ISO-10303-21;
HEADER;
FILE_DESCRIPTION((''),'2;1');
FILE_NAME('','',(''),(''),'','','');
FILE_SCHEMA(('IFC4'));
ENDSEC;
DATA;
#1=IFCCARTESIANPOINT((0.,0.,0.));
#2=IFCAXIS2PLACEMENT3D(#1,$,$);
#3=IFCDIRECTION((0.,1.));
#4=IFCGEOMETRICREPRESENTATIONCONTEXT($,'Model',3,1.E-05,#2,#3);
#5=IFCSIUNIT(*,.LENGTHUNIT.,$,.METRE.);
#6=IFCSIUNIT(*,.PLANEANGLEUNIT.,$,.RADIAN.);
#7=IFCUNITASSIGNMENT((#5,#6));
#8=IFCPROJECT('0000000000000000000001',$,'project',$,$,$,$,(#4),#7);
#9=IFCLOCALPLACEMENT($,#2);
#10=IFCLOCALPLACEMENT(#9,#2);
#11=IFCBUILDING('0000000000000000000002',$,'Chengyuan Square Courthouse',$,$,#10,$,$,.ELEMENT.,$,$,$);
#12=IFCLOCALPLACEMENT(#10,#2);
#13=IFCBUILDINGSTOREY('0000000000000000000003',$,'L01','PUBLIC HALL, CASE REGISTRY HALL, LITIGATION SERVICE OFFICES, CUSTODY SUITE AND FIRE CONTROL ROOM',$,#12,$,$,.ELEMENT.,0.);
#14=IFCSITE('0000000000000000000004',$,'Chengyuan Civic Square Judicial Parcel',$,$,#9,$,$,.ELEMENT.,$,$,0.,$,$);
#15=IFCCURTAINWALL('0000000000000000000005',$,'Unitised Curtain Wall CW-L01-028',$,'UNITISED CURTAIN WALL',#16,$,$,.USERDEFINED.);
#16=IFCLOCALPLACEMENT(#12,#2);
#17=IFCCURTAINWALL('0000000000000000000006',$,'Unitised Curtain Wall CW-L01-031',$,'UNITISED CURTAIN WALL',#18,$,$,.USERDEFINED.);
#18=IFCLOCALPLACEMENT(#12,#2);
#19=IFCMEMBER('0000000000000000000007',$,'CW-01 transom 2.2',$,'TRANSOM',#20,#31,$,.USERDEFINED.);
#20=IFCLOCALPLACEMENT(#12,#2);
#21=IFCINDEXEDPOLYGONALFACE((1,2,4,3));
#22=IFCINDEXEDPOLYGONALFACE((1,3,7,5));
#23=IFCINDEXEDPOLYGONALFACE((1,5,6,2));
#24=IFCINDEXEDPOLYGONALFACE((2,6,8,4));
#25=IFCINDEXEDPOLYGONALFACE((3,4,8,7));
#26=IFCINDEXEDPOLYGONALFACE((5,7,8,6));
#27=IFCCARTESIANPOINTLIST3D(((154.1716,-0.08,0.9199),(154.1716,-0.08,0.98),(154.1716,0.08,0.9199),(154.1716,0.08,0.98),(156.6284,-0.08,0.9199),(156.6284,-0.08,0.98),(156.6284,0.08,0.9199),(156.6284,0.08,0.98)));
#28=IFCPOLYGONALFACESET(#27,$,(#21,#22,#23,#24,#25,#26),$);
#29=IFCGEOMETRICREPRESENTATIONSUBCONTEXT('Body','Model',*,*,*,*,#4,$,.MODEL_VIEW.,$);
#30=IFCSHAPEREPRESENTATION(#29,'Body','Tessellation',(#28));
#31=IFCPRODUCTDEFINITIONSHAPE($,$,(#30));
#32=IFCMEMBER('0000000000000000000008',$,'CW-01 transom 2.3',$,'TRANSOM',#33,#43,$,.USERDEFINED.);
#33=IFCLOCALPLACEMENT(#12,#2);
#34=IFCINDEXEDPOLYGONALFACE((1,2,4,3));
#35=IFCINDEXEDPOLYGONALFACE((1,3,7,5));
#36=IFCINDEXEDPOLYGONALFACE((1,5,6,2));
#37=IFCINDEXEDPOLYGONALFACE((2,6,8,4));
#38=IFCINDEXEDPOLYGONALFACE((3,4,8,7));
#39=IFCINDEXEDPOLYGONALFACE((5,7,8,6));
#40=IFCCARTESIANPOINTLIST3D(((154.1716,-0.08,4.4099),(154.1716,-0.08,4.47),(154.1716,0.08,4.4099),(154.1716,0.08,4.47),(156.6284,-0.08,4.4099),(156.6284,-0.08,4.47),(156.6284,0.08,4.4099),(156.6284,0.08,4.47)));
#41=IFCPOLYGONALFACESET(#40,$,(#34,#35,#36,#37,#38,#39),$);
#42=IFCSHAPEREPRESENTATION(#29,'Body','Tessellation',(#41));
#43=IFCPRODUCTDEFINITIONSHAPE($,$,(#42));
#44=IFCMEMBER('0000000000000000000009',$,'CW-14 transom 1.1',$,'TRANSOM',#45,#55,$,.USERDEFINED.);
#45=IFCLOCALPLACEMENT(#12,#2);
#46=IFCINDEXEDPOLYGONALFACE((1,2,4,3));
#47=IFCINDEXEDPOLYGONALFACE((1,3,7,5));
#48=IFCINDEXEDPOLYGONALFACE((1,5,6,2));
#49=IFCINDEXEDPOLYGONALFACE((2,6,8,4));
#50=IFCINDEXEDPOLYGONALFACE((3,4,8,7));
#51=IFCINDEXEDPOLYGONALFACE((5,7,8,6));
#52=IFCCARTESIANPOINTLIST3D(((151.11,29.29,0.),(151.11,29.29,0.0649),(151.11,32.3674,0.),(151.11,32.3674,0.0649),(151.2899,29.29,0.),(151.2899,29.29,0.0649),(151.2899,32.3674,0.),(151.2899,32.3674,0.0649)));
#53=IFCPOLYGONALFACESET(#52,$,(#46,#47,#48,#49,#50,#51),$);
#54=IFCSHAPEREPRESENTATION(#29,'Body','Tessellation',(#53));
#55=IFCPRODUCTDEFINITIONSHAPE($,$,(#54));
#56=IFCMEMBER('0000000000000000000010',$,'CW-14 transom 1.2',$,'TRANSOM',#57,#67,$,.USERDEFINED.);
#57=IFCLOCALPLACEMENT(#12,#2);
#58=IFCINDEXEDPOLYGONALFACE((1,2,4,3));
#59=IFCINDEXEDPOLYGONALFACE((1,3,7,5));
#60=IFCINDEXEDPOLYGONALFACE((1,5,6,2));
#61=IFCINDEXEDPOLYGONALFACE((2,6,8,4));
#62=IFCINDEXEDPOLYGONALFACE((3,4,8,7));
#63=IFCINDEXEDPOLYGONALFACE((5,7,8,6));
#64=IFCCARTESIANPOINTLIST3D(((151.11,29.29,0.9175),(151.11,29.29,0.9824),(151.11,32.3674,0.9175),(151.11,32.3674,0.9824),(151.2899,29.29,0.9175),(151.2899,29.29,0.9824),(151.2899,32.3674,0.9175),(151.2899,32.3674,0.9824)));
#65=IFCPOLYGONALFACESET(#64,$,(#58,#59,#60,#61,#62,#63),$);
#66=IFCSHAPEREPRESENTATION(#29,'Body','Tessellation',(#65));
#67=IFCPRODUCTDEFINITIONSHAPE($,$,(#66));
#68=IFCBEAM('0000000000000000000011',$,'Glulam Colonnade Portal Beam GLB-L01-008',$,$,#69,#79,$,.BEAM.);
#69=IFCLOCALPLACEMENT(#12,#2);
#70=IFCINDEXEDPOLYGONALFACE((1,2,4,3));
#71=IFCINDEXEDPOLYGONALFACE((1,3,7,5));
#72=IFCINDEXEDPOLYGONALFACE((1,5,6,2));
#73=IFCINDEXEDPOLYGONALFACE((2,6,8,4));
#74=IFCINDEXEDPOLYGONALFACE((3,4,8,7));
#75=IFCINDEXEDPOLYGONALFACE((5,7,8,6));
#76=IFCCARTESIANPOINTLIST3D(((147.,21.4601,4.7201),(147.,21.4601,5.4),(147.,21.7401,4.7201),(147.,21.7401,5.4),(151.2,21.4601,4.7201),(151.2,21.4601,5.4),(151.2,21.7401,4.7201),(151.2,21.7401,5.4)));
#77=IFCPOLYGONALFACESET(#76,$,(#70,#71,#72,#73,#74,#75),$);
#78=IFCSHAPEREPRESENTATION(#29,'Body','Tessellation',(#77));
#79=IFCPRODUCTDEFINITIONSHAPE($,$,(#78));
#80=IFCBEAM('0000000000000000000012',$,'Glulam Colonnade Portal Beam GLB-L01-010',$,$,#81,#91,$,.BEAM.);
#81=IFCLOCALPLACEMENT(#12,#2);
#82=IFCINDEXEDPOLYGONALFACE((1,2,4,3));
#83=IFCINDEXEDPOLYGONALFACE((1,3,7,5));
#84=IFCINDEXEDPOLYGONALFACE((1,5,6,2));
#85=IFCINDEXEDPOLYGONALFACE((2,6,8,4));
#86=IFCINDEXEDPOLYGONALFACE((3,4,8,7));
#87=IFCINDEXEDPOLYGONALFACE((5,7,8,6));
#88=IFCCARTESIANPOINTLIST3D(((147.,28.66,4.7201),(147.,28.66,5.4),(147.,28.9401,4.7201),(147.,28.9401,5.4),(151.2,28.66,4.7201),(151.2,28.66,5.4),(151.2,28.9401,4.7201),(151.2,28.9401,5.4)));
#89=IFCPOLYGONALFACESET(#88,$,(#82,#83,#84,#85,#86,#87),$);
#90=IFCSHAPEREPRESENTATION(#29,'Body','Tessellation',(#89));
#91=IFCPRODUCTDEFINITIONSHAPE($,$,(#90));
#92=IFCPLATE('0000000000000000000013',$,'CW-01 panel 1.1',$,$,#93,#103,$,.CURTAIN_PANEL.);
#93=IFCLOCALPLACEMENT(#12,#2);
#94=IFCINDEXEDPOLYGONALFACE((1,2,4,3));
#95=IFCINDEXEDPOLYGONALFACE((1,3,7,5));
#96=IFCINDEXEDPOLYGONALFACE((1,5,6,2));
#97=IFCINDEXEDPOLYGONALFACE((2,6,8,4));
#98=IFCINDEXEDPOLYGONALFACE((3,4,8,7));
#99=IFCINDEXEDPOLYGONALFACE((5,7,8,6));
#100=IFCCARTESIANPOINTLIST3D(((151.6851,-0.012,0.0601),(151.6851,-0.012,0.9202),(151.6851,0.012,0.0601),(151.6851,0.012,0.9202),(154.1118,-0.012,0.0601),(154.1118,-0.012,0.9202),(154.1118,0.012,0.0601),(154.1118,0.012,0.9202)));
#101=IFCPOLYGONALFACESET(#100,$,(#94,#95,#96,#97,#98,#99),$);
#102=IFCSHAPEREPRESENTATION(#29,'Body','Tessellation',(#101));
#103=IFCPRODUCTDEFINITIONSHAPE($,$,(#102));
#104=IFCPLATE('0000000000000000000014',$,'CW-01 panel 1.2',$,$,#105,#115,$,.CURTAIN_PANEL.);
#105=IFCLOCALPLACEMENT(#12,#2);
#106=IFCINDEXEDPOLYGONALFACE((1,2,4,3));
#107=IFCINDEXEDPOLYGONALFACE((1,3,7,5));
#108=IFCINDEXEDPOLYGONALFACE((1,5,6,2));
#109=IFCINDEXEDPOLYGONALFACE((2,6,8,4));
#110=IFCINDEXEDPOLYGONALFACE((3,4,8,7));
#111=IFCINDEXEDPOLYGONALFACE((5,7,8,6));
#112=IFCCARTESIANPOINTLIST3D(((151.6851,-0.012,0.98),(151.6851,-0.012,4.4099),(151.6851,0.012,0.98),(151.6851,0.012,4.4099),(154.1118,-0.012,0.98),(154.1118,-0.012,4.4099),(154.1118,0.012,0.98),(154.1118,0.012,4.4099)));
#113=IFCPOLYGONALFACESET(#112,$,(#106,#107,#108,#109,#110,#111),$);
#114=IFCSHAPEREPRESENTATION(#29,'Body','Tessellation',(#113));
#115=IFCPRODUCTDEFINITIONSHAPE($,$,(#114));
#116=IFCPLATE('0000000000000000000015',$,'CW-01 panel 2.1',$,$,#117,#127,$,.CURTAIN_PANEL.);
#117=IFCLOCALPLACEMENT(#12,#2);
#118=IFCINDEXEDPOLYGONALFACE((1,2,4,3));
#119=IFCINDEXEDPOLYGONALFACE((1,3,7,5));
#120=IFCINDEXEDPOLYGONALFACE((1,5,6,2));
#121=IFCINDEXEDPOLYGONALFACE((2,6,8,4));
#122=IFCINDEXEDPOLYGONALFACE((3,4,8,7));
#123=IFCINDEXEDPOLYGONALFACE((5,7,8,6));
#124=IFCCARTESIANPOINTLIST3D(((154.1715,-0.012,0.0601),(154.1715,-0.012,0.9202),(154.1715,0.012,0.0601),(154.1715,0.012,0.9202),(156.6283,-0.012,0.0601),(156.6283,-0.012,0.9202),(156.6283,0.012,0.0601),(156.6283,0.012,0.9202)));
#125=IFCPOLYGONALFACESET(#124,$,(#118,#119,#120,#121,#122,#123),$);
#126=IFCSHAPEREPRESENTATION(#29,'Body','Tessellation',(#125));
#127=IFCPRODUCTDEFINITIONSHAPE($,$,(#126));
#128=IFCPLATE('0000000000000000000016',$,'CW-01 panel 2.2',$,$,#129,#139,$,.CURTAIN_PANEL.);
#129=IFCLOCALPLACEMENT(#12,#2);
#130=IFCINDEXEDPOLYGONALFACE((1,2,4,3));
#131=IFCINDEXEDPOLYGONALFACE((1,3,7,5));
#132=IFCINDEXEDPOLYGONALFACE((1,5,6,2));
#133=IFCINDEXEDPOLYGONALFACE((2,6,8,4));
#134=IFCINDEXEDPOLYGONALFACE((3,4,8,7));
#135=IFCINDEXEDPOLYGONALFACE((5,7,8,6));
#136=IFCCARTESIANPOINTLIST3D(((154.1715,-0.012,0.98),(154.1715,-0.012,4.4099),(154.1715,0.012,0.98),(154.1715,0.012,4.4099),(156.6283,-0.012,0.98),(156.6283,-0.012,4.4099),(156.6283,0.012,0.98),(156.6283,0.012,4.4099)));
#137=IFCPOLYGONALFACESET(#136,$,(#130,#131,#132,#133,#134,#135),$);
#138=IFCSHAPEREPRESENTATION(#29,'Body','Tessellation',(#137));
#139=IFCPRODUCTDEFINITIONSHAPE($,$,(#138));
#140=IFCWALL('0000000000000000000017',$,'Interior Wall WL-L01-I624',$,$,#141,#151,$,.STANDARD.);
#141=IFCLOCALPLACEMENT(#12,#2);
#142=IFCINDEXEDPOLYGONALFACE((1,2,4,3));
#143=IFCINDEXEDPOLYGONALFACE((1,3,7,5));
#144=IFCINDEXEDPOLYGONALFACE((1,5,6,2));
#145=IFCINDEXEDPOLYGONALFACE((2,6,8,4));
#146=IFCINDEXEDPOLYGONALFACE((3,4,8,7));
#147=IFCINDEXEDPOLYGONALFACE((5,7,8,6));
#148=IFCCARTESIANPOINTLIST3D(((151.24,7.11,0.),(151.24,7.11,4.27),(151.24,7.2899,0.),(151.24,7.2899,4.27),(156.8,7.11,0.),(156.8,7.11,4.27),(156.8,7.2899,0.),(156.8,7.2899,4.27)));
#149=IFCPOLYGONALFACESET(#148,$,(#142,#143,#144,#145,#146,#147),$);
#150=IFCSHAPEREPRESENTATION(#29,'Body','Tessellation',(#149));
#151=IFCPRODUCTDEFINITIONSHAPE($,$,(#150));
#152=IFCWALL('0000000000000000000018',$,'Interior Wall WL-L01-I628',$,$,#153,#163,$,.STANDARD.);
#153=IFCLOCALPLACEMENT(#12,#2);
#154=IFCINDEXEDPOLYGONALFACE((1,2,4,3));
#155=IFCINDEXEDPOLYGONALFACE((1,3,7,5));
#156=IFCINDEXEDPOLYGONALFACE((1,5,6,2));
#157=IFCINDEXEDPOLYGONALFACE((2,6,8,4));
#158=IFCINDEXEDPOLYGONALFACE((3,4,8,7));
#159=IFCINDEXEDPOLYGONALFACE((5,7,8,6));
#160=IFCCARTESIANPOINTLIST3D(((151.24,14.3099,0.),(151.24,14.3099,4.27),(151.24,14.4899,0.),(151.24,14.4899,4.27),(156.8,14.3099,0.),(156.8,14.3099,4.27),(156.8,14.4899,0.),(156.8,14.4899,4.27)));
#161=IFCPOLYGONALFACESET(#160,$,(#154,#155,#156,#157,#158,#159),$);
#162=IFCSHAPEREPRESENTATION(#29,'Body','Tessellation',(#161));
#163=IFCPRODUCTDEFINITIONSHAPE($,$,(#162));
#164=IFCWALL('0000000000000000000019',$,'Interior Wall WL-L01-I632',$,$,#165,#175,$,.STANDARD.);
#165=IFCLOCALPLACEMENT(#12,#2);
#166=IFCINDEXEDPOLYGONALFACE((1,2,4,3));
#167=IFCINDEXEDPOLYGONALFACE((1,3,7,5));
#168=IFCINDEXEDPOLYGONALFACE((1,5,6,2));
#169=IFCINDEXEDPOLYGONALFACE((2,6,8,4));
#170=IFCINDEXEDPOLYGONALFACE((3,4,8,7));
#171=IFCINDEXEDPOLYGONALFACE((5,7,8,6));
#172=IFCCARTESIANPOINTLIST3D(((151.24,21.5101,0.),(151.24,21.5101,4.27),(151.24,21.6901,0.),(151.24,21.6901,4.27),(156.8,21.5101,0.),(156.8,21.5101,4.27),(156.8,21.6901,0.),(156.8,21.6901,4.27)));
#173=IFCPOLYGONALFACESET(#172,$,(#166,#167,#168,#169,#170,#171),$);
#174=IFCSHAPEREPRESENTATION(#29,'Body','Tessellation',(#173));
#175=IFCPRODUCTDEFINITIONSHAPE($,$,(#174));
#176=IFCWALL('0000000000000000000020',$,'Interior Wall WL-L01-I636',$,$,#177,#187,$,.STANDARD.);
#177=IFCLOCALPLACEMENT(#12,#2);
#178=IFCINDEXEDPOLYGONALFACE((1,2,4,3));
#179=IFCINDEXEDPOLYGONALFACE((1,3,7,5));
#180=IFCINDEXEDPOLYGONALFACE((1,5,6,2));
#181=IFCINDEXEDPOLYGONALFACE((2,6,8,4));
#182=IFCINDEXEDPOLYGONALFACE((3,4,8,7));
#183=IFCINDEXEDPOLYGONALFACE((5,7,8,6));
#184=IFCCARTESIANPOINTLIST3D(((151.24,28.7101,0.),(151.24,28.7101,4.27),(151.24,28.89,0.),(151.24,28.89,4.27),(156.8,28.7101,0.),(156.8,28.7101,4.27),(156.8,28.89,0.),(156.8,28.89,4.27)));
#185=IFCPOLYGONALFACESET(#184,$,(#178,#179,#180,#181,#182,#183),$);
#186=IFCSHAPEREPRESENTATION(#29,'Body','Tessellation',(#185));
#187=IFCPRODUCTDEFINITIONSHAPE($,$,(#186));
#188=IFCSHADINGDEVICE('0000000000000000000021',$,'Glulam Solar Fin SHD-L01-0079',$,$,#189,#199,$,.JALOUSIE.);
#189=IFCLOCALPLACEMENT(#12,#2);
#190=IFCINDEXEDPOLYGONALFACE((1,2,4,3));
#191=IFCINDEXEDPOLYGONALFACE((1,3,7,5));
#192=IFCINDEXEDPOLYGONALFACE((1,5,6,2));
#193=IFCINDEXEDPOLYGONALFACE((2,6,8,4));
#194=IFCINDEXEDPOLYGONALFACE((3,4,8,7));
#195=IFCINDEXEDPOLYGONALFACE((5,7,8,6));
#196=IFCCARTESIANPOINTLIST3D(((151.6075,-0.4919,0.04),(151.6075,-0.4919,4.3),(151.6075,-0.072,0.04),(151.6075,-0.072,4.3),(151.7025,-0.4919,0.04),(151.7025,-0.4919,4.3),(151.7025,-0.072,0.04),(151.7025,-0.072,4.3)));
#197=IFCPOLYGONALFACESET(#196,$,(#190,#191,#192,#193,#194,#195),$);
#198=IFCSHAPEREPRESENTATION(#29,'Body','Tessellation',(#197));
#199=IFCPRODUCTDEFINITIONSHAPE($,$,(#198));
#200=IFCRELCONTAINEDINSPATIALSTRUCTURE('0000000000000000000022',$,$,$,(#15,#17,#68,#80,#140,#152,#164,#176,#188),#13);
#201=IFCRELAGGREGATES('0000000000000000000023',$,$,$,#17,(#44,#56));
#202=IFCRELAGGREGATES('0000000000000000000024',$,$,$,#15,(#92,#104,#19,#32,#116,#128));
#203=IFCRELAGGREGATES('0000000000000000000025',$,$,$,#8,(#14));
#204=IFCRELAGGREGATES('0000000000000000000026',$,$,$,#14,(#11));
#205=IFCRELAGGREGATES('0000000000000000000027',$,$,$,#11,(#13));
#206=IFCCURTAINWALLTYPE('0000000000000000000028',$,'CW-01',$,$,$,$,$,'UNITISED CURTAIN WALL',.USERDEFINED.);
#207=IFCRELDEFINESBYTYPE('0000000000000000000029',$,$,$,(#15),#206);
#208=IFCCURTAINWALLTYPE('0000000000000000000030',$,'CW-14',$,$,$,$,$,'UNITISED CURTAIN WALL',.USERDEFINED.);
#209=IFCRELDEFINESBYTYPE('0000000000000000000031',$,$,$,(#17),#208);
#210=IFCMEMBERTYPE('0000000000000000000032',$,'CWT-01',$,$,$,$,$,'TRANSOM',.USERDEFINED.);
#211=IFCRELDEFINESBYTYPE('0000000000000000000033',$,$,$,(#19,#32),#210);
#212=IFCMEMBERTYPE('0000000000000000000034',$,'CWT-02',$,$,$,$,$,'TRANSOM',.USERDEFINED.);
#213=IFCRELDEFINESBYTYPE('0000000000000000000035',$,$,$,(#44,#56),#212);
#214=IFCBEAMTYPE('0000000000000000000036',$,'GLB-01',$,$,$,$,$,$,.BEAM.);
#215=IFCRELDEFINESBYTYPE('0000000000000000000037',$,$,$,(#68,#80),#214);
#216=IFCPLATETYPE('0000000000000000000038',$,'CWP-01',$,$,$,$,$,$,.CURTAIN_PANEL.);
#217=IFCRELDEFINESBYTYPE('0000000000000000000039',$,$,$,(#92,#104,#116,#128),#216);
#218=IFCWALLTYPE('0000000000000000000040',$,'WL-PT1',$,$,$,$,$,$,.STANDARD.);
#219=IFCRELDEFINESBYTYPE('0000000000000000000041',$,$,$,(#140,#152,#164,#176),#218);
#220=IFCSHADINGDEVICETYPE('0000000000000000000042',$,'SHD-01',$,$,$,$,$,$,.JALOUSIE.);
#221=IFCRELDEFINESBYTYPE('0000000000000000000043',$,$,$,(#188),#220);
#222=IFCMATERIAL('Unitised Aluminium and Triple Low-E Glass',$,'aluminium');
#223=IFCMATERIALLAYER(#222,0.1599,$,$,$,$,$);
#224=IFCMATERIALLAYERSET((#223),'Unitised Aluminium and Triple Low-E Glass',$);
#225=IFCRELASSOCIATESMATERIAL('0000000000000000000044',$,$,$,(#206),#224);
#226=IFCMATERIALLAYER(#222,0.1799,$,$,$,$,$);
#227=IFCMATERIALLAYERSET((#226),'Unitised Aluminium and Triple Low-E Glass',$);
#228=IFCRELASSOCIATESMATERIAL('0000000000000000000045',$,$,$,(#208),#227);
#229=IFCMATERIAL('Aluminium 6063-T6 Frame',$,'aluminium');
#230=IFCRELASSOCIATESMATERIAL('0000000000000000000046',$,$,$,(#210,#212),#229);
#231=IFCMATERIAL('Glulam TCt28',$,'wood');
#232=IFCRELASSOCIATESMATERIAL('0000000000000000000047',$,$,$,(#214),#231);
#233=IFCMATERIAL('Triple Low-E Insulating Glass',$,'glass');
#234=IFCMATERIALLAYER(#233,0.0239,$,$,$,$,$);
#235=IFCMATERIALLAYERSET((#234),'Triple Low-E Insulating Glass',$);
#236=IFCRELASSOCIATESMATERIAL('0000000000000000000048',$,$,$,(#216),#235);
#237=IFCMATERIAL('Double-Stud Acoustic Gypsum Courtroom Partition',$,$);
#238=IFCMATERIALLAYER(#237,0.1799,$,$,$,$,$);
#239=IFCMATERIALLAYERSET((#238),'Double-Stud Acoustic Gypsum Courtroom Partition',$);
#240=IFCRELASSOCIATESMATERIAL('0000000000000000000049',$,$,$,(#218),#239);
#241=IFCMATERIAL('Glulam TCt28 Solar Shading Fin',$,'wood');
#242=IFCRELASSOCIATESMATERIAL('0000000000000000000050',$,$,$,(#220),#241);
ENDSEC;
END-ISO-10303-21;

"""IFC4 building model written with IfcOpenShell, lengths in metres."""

from ifc_helpers import new_model, si_unit, direction, frame, frame_2d, origin, origin_2d, place, context, subcontext, project, spatial, rectangle, extrude, material, layer, layer_set, material_profile, profile_set, type_object, element, aggregate, save


model = new_model("IFC4")

# Units and contexts
model_context = context("Model", 3, precision=1e-05, world=origin(), true_north=direction((0.0, 1.0)))
body_context = subcontext(model_context, "Body", "Model", "MODEL_VIEW")
ifc_project = project(units=[si_unit("LENGTHUNIT", "METRE"), si_unit("PLANEANGLEUNIT", "RADIAN")], contexts=[model_context])

# Site, building, storey
site_placement = place(None, origin())
site = spatial("IfcSite", under=ifc_project, at=site_placement, Name="Chengyuan Civic Square Judicial Parcel", CompositionType="ELEMENT", RefElevation=0.0)
building_placement = place(site_placement, origin())
building = spatial("IfcBuilding", under=site, at=building_placement, Name="Chengyuan Square Courthouse", CompositionType="ELEMENT")
storey_placement = place(building_placement, origin())
storey = spatial("IfcBuildingStorey", under=building, at=storey_placement, Name="L01", Description="PUBLIC HALL, CASE REGISTRY HALL, LITIGATION SERVICE OFFICES, CUSTODY SUITE AND FIRE CONTROL ROOM", CompositionType="ELEMENT", Elevation=0.0)

# Curtain wall
ifc_material_1 = material(Name="Unitised Aluminium and Triple Low-E Glass", Category="aluminium")
ifc_layer_1 = layer(ifc_material_1, 0.1599)
ifc_layer_set_1 = layer_set([ifc_layer_1], Name="Unitised Aluminium and Triple Low-E Glass")
curtain_wall_type_1 = type_object("IfcCurtainWallType", Name="CW-01", ElementType="UNITISED CURTAIN WALL", PredefinedType="USERDEFINED", material=ifc_layer_set_1)
curtain_wall_1_placement = place(storey_placement, origin())
curtain_wall_1 = element("IfcCurtainWall", 1, at=curtain_wall_1_placement, inside=storey, type_object=curtain_wall_type_1, Name="Unitised Curtain Wall CW-L01-028", ObjectType="UNITISED CURTAIN WALL", PredefinedType="USERDEFINED")
ifc_material_2 = material(Name="Aluminium 6063-T6 Frame", Category="aluminium")

# Curtain wall
ifc_layer_2 = layer(ifc_material_1, 0.1799)
ifc_layer_set_2 = layer_set([ifc_layer_2], Name="Unitised Aluminium and Triple Low-E Glass")
curtain_wall_type_2 = type_object("IfcCurtainWallType", Name="CW-14", ElementType="UNITISED CURTAIN WALL", PredefinedType="USERDEFINED", material=ifc_layer_set_2)
curtain_wall_2_placement = place(storey_placement, origin())
curtain_wall_2 = element("IfcCurtainWall", 2, at=curtain_wall_2_placement, inside=storey, type_object=curtain_wall_type_2, Name="Unitised Curtain Wall CW-L01-031", ObjectType="UNITISED CURTAIN WALL", PredefinedType="USERDEFINED")

# Members
ifc_material_profile_1 = material_profile(ifc_material_2, rectangle(XDim=0.1599, YDim=0.0601, at=origin_2d()), Name="CW-TRN-60x120")
ifc_profile_set_1 = profile_set([ifc_material_profile_1], Name="Aluminium 6063-T6 Frame")
member_type_1 = type_object("IfcMemberType", Name="CWT-01", ElementType="TRANSOM", PredefinedType="USERDEFINED", material=ifc_profile_set_1)
member_1_placement = place(storey_placement, frame((154.1716, 0.0, 0.95), z_axis=(1.0, 0.0, 0.0), x_axis=(0.0, 1.0, 0.0)))
member_1 = element("IfcMember", 3, at=member_1_placement, type_object=member_type_1, Name="CW-01 transom 2.2", ObjectType="TRANSOM", PredefinedType="USERDEFINED", context=body_context, shape_type="SweptSolid", body=[
    extrude(rectangle(XDim=0.1599, YDim=0.0601, at=origin_2d()), origin(), (0.0, 0.0, 1.0), 2.4568),
])
member_2_placement = place(storey_placement, frame((154.1716, 0.0, 4.4399), z_axis=(1.0, 0.0, 0.0), x_axis=(0.0, 1.0, 0.0)))
member_2 = element("IfcMember", 4, at=member_2_placement, type_object=member_type_1, Name="CW-01 transom 2.3", ObjectType="TRANSOM", PredefinedType="USERDEFINED", context=body_context, shape_type="SweptSolid", body=[
    extrude(rectangle(XDim=0.1599, YDim=0.0601, at=origin_2d()), origin(), (0.0, 0.0, 1.0), 2.4568),
])
ifc_material_profile_2 = material_profile(ifc_material_2, rectangle(XDim=0.1799, YDim=0.0649, at=origin_2d()), Name="CW-TRN-65x140")
ifc_profile_set_2 = profile_set([ifc_material_profile_2], Name="Aluminium 6063-T6 Frame")
member_type_2 = type_object("IfcMemberType", Name="CWT-02", ElementType="TRANSOM", PredefinedType="USERDEFINED", material=ifc_profile_set_2)
member_3_placement = place(storey_placement, frame((151.2, 29.29, 0.0325), z_axis=(0.0, 1.0, 0.0), x_axis=(-1.0, 0.0, 0.0)))
member_3 = element("IfcMember", 5, at=member_3_placement, type_object=member_type_2, Name="CW-14 transom 1.1", ObjectType="TRANSOM", PredefinedType="USERDEFINED", context=body_context, shape_type="SweptSolid", body=[
    extrude(rectangle(XDim=0.1799, YDim=0.0649, at=origin_2d()), origin(), (0.0, 0.0, 1.0), 3.0774),
])
member_4_placement = place(storey_placement, frame((151.2, 29.29, 0.95), z_axis=(0.0, 1.0, 0.0), x_axis=(-1.0, 0.0, 0.0)))
member_4 = element("IfcMember", 6, at=member_4_placement, type_object=member_type_2, Name="CW-14 transom 1.2", ObjectType="TRANSOM", PredefinedType="USERDEFINED", context=body_context, shape_type="SweptSolid", body=[
    extrude(rectangle(XDim=0.1799, YDim=0.0649, at=origin_2d()), origin(), (0.0, 0.0, 1.0), 3.0774),
])
aggregate(curtain_wall_2, [member_3, member_4])

# Beams
ifc_material_3 = material(Name="Glulam TCt28", Category="wood")
ifc_material_profile_3 = material_profile(ifc_material_3, rectangle(XDim=0.28, YDim=0.6799, at=origin_2d()), Name="GL-BM-280x680")
ifc_profile_set_3 = profile_set([ifc_material_profile_3], Name="Glulam TCt28")
beam_type_1 = type_object("IfcBeamType", Name="GLB-01", PredefinedType="BEAM", material=ifc_profile_set_3)
for number, where, z_axis, x_axis, name in (
    (7, (151.2, 21.6001, 5.0601), (-1.0, 0.0, 0.0), (0.0, -1.0, 0.0), "Glulam Colonnade Portal Beam GLB-L01-008"),
    (8, (151.2, 28.8, 5.0601), (-1.0, 0.0, 0.0), (0.0, -1.0, 0.0), "Glulam Colonnade Portal Beam GLB-L01-010"),
):
    element("IfcBeam", number, at=place(storey_placement, frame(where, z_axis=z_axis, x_axis=x_axis)), inside=storey, type_object=beam_type_1, Name=name, PredefinedType="BEAM", context=body_context, shape_type="SweptSolid", body=[
        extrude(rectangle(XDim=0.28, YDim=0.6799, at=origin_2d()), origin(), (0.0, 0.0, 1.0), 4.2),
    ])

# Plates
ifc_material_4 = material(Name="Triple Low-E Insulating Glass", Category="glass")
ifc_layer_3 = layer(ifc_material_4, 0.0239)
ifc_layer_set_3 = layer_set([ifc_layer_3], Name="Triple Low-E Insulating Glass")
plate_type = type_object("IfcPlateType", Name="CWP-01", PredefinedType="CURTAIN_PANEL", material=ifc_layer_set_3)
plate_1_placement = place(storey_placement, frame((152.8984, 0.0, 0.0601), z_axis=(0.0, 0.0, 1.0), x_axis=(1.0, 0.0, 0.0)))
plate_1 = element("IfcPlate", 9, at=plate_1_placement, type_object=plate_type, Name="CW-01 panel 1.1", PredefinedType="CURTAIN_PANEL", context=body_context, shape_type="SweptSolid", body=[
    extrude(rectangle(XDim=2.4268, YDim=0.0239, at=origin_2d()), origin(), (0.0, 0.0, 1.0), 0.8601),
])
plate_2_placement = place(storey_placement, frame((152.8984, 0.0, 0.98), z_axis=(0.0, 0.0, 1.0), x_axis=(1.0, 0.0, 0.0)))
plate_2 = element("IfcPlate", 10, at=plate_2_placement, type_object=plate_type, Name="CW-01 panel 1.2", PredefinedType="CURTAIN_PANEL", context=body_context, shape_type="SweptSolid", body=[
    extrude(rectangle(XDim=2.4268, YDim=0.0239, at=origin_2d()), origin(), (0.0, 0.0, 1.0), 3.4299),
])
plate_3_placement = place(storey_placement, frame((155.3999, 0.0, 0.0601), z_axis=(0.0, 0.0, 1.0), x_axis=(1.0, 0.0, 0.0)))
plate_3 = element("IfcPlate", 11, at=plate_3_placement, type_object=plate_type, Name="CW-01 panel 2.1", PredefinedType="CURTAIN_PANEL", context=body_context, shape_type="SweptSolid", body=[
    extrude(rectangle(XDim=2.4568, YDim=0.0239, at=origin_2d()), origin(), (0.0, 0.0, 1.0), 0.8601),
])
plate_4_placement = place(storey_placement, frame((155.3999, 0.0, 0.98), z_axis=(0.0, 0.0, 1.0), x_axis=(1.0, 0.0, 0.0)))
plate_4 = element("IfcPlate", 12, at=plate_4_placement, type_object=plate_type, Name="CW-01 panel 2.2", PredefinedType="CURTAIN_PANEL", context=body_context, shape_type="SweptSolid", body=[
    extrude(rectangle(XDim=2.4568, YDim=0.0239, at=origin_2d()), origin(), (0.0, 0.0, 1.0), 3.4299),
])
aggregate(curtain_wall_1, [plate_1, plate_2, member_1, member_2, plate_3, plate_4])

# Walls
ifc_material_5 = material(Name="Double-Stud Acoustic Gypsum Courtroom Partition")
ifc_layer_4 = layer(ifc_material_5, 0.1799)
ifc_layer_set_4 = layer_set([ifc_layer_4], Name="Double-Stud Acoustic Gypsum Courtroom Partition")
wall_type_1 = type_object("IfcWallType", Name="WL-PT1", PredefinedType="STANDARD", material=ifc_layer_set_4)
for number, where, z_axis, x_axis, name in (
    (13, (151.24, 7.2, 0.0), (0.0, 0.0, 1.0), (1.0, 0.0, 0.0), "Interior Wall WL-L01-I624"),
    (14, (151.24, 14.3999, 0.0), (0.0, 0.0, 1.0), (1.0, 0.0, 0.0), "Interior Wall WL-L01-I628"),
    (15, (151.24, 21.6001, 0.0), (0.0, 0.0, 1.0), (1.0, 0.0, 0.0), "Interior Wall WL-L01-I632"),
    (16, (151.24, 28.8, 0.0), (0.0, 0.0, 1.0), (1.0, 0.0, 0.0), "Interior Wall WL-L01-I636"),
):
    element("IfcWall", number, at=place(storey_placement, frame(where, z_axis=z_axis, x_axis=x_axis)), inside=storey, type_object=wall_type_1, Name=name, PredefinedType="STANDARD", context=body_context, shape_type="SweptSolid", body=[
        extrude(rectangle(XDim=5.5601, YDim=0.1799, at=frame_2d((2.78, 0.0))), origin(), (0.0, 0.0, 1.0), 4.27),
    ])

# Shading device
ifc_material_6 = material(Name="Glulam TCt28 Solar Shading Fin", Category="wood")
shading_device_type_1 = type_object("IfcShadingDeviceType", Name="SHD-01", PredefinedType="JALOUSIE", material=ifc_material_6)
shading_device_1_placement = place(storey_placement, frame((151.655, -0.282, 0.04), z_axis=(0.0, 0.0, 1.0), x_axis=(0.0, 1.0, 0.0)))
element("IfcShadingDevice", 17, at=shading_device_1_placement, inside=storey, type_object=shading_device_type_1, Name="Glulam Solar Fin SHD-L01-0079", PredefinedType="JALOUSIE", context=body_context, shape_type="SweptSolid", body=[
    extrude(rectangle(XDim=0.4199, YDim=0.095, at=origin_2d()), origin(), (0.0, 0.0, 1.0), 4.26),
])

save(model, "model.ifc")
